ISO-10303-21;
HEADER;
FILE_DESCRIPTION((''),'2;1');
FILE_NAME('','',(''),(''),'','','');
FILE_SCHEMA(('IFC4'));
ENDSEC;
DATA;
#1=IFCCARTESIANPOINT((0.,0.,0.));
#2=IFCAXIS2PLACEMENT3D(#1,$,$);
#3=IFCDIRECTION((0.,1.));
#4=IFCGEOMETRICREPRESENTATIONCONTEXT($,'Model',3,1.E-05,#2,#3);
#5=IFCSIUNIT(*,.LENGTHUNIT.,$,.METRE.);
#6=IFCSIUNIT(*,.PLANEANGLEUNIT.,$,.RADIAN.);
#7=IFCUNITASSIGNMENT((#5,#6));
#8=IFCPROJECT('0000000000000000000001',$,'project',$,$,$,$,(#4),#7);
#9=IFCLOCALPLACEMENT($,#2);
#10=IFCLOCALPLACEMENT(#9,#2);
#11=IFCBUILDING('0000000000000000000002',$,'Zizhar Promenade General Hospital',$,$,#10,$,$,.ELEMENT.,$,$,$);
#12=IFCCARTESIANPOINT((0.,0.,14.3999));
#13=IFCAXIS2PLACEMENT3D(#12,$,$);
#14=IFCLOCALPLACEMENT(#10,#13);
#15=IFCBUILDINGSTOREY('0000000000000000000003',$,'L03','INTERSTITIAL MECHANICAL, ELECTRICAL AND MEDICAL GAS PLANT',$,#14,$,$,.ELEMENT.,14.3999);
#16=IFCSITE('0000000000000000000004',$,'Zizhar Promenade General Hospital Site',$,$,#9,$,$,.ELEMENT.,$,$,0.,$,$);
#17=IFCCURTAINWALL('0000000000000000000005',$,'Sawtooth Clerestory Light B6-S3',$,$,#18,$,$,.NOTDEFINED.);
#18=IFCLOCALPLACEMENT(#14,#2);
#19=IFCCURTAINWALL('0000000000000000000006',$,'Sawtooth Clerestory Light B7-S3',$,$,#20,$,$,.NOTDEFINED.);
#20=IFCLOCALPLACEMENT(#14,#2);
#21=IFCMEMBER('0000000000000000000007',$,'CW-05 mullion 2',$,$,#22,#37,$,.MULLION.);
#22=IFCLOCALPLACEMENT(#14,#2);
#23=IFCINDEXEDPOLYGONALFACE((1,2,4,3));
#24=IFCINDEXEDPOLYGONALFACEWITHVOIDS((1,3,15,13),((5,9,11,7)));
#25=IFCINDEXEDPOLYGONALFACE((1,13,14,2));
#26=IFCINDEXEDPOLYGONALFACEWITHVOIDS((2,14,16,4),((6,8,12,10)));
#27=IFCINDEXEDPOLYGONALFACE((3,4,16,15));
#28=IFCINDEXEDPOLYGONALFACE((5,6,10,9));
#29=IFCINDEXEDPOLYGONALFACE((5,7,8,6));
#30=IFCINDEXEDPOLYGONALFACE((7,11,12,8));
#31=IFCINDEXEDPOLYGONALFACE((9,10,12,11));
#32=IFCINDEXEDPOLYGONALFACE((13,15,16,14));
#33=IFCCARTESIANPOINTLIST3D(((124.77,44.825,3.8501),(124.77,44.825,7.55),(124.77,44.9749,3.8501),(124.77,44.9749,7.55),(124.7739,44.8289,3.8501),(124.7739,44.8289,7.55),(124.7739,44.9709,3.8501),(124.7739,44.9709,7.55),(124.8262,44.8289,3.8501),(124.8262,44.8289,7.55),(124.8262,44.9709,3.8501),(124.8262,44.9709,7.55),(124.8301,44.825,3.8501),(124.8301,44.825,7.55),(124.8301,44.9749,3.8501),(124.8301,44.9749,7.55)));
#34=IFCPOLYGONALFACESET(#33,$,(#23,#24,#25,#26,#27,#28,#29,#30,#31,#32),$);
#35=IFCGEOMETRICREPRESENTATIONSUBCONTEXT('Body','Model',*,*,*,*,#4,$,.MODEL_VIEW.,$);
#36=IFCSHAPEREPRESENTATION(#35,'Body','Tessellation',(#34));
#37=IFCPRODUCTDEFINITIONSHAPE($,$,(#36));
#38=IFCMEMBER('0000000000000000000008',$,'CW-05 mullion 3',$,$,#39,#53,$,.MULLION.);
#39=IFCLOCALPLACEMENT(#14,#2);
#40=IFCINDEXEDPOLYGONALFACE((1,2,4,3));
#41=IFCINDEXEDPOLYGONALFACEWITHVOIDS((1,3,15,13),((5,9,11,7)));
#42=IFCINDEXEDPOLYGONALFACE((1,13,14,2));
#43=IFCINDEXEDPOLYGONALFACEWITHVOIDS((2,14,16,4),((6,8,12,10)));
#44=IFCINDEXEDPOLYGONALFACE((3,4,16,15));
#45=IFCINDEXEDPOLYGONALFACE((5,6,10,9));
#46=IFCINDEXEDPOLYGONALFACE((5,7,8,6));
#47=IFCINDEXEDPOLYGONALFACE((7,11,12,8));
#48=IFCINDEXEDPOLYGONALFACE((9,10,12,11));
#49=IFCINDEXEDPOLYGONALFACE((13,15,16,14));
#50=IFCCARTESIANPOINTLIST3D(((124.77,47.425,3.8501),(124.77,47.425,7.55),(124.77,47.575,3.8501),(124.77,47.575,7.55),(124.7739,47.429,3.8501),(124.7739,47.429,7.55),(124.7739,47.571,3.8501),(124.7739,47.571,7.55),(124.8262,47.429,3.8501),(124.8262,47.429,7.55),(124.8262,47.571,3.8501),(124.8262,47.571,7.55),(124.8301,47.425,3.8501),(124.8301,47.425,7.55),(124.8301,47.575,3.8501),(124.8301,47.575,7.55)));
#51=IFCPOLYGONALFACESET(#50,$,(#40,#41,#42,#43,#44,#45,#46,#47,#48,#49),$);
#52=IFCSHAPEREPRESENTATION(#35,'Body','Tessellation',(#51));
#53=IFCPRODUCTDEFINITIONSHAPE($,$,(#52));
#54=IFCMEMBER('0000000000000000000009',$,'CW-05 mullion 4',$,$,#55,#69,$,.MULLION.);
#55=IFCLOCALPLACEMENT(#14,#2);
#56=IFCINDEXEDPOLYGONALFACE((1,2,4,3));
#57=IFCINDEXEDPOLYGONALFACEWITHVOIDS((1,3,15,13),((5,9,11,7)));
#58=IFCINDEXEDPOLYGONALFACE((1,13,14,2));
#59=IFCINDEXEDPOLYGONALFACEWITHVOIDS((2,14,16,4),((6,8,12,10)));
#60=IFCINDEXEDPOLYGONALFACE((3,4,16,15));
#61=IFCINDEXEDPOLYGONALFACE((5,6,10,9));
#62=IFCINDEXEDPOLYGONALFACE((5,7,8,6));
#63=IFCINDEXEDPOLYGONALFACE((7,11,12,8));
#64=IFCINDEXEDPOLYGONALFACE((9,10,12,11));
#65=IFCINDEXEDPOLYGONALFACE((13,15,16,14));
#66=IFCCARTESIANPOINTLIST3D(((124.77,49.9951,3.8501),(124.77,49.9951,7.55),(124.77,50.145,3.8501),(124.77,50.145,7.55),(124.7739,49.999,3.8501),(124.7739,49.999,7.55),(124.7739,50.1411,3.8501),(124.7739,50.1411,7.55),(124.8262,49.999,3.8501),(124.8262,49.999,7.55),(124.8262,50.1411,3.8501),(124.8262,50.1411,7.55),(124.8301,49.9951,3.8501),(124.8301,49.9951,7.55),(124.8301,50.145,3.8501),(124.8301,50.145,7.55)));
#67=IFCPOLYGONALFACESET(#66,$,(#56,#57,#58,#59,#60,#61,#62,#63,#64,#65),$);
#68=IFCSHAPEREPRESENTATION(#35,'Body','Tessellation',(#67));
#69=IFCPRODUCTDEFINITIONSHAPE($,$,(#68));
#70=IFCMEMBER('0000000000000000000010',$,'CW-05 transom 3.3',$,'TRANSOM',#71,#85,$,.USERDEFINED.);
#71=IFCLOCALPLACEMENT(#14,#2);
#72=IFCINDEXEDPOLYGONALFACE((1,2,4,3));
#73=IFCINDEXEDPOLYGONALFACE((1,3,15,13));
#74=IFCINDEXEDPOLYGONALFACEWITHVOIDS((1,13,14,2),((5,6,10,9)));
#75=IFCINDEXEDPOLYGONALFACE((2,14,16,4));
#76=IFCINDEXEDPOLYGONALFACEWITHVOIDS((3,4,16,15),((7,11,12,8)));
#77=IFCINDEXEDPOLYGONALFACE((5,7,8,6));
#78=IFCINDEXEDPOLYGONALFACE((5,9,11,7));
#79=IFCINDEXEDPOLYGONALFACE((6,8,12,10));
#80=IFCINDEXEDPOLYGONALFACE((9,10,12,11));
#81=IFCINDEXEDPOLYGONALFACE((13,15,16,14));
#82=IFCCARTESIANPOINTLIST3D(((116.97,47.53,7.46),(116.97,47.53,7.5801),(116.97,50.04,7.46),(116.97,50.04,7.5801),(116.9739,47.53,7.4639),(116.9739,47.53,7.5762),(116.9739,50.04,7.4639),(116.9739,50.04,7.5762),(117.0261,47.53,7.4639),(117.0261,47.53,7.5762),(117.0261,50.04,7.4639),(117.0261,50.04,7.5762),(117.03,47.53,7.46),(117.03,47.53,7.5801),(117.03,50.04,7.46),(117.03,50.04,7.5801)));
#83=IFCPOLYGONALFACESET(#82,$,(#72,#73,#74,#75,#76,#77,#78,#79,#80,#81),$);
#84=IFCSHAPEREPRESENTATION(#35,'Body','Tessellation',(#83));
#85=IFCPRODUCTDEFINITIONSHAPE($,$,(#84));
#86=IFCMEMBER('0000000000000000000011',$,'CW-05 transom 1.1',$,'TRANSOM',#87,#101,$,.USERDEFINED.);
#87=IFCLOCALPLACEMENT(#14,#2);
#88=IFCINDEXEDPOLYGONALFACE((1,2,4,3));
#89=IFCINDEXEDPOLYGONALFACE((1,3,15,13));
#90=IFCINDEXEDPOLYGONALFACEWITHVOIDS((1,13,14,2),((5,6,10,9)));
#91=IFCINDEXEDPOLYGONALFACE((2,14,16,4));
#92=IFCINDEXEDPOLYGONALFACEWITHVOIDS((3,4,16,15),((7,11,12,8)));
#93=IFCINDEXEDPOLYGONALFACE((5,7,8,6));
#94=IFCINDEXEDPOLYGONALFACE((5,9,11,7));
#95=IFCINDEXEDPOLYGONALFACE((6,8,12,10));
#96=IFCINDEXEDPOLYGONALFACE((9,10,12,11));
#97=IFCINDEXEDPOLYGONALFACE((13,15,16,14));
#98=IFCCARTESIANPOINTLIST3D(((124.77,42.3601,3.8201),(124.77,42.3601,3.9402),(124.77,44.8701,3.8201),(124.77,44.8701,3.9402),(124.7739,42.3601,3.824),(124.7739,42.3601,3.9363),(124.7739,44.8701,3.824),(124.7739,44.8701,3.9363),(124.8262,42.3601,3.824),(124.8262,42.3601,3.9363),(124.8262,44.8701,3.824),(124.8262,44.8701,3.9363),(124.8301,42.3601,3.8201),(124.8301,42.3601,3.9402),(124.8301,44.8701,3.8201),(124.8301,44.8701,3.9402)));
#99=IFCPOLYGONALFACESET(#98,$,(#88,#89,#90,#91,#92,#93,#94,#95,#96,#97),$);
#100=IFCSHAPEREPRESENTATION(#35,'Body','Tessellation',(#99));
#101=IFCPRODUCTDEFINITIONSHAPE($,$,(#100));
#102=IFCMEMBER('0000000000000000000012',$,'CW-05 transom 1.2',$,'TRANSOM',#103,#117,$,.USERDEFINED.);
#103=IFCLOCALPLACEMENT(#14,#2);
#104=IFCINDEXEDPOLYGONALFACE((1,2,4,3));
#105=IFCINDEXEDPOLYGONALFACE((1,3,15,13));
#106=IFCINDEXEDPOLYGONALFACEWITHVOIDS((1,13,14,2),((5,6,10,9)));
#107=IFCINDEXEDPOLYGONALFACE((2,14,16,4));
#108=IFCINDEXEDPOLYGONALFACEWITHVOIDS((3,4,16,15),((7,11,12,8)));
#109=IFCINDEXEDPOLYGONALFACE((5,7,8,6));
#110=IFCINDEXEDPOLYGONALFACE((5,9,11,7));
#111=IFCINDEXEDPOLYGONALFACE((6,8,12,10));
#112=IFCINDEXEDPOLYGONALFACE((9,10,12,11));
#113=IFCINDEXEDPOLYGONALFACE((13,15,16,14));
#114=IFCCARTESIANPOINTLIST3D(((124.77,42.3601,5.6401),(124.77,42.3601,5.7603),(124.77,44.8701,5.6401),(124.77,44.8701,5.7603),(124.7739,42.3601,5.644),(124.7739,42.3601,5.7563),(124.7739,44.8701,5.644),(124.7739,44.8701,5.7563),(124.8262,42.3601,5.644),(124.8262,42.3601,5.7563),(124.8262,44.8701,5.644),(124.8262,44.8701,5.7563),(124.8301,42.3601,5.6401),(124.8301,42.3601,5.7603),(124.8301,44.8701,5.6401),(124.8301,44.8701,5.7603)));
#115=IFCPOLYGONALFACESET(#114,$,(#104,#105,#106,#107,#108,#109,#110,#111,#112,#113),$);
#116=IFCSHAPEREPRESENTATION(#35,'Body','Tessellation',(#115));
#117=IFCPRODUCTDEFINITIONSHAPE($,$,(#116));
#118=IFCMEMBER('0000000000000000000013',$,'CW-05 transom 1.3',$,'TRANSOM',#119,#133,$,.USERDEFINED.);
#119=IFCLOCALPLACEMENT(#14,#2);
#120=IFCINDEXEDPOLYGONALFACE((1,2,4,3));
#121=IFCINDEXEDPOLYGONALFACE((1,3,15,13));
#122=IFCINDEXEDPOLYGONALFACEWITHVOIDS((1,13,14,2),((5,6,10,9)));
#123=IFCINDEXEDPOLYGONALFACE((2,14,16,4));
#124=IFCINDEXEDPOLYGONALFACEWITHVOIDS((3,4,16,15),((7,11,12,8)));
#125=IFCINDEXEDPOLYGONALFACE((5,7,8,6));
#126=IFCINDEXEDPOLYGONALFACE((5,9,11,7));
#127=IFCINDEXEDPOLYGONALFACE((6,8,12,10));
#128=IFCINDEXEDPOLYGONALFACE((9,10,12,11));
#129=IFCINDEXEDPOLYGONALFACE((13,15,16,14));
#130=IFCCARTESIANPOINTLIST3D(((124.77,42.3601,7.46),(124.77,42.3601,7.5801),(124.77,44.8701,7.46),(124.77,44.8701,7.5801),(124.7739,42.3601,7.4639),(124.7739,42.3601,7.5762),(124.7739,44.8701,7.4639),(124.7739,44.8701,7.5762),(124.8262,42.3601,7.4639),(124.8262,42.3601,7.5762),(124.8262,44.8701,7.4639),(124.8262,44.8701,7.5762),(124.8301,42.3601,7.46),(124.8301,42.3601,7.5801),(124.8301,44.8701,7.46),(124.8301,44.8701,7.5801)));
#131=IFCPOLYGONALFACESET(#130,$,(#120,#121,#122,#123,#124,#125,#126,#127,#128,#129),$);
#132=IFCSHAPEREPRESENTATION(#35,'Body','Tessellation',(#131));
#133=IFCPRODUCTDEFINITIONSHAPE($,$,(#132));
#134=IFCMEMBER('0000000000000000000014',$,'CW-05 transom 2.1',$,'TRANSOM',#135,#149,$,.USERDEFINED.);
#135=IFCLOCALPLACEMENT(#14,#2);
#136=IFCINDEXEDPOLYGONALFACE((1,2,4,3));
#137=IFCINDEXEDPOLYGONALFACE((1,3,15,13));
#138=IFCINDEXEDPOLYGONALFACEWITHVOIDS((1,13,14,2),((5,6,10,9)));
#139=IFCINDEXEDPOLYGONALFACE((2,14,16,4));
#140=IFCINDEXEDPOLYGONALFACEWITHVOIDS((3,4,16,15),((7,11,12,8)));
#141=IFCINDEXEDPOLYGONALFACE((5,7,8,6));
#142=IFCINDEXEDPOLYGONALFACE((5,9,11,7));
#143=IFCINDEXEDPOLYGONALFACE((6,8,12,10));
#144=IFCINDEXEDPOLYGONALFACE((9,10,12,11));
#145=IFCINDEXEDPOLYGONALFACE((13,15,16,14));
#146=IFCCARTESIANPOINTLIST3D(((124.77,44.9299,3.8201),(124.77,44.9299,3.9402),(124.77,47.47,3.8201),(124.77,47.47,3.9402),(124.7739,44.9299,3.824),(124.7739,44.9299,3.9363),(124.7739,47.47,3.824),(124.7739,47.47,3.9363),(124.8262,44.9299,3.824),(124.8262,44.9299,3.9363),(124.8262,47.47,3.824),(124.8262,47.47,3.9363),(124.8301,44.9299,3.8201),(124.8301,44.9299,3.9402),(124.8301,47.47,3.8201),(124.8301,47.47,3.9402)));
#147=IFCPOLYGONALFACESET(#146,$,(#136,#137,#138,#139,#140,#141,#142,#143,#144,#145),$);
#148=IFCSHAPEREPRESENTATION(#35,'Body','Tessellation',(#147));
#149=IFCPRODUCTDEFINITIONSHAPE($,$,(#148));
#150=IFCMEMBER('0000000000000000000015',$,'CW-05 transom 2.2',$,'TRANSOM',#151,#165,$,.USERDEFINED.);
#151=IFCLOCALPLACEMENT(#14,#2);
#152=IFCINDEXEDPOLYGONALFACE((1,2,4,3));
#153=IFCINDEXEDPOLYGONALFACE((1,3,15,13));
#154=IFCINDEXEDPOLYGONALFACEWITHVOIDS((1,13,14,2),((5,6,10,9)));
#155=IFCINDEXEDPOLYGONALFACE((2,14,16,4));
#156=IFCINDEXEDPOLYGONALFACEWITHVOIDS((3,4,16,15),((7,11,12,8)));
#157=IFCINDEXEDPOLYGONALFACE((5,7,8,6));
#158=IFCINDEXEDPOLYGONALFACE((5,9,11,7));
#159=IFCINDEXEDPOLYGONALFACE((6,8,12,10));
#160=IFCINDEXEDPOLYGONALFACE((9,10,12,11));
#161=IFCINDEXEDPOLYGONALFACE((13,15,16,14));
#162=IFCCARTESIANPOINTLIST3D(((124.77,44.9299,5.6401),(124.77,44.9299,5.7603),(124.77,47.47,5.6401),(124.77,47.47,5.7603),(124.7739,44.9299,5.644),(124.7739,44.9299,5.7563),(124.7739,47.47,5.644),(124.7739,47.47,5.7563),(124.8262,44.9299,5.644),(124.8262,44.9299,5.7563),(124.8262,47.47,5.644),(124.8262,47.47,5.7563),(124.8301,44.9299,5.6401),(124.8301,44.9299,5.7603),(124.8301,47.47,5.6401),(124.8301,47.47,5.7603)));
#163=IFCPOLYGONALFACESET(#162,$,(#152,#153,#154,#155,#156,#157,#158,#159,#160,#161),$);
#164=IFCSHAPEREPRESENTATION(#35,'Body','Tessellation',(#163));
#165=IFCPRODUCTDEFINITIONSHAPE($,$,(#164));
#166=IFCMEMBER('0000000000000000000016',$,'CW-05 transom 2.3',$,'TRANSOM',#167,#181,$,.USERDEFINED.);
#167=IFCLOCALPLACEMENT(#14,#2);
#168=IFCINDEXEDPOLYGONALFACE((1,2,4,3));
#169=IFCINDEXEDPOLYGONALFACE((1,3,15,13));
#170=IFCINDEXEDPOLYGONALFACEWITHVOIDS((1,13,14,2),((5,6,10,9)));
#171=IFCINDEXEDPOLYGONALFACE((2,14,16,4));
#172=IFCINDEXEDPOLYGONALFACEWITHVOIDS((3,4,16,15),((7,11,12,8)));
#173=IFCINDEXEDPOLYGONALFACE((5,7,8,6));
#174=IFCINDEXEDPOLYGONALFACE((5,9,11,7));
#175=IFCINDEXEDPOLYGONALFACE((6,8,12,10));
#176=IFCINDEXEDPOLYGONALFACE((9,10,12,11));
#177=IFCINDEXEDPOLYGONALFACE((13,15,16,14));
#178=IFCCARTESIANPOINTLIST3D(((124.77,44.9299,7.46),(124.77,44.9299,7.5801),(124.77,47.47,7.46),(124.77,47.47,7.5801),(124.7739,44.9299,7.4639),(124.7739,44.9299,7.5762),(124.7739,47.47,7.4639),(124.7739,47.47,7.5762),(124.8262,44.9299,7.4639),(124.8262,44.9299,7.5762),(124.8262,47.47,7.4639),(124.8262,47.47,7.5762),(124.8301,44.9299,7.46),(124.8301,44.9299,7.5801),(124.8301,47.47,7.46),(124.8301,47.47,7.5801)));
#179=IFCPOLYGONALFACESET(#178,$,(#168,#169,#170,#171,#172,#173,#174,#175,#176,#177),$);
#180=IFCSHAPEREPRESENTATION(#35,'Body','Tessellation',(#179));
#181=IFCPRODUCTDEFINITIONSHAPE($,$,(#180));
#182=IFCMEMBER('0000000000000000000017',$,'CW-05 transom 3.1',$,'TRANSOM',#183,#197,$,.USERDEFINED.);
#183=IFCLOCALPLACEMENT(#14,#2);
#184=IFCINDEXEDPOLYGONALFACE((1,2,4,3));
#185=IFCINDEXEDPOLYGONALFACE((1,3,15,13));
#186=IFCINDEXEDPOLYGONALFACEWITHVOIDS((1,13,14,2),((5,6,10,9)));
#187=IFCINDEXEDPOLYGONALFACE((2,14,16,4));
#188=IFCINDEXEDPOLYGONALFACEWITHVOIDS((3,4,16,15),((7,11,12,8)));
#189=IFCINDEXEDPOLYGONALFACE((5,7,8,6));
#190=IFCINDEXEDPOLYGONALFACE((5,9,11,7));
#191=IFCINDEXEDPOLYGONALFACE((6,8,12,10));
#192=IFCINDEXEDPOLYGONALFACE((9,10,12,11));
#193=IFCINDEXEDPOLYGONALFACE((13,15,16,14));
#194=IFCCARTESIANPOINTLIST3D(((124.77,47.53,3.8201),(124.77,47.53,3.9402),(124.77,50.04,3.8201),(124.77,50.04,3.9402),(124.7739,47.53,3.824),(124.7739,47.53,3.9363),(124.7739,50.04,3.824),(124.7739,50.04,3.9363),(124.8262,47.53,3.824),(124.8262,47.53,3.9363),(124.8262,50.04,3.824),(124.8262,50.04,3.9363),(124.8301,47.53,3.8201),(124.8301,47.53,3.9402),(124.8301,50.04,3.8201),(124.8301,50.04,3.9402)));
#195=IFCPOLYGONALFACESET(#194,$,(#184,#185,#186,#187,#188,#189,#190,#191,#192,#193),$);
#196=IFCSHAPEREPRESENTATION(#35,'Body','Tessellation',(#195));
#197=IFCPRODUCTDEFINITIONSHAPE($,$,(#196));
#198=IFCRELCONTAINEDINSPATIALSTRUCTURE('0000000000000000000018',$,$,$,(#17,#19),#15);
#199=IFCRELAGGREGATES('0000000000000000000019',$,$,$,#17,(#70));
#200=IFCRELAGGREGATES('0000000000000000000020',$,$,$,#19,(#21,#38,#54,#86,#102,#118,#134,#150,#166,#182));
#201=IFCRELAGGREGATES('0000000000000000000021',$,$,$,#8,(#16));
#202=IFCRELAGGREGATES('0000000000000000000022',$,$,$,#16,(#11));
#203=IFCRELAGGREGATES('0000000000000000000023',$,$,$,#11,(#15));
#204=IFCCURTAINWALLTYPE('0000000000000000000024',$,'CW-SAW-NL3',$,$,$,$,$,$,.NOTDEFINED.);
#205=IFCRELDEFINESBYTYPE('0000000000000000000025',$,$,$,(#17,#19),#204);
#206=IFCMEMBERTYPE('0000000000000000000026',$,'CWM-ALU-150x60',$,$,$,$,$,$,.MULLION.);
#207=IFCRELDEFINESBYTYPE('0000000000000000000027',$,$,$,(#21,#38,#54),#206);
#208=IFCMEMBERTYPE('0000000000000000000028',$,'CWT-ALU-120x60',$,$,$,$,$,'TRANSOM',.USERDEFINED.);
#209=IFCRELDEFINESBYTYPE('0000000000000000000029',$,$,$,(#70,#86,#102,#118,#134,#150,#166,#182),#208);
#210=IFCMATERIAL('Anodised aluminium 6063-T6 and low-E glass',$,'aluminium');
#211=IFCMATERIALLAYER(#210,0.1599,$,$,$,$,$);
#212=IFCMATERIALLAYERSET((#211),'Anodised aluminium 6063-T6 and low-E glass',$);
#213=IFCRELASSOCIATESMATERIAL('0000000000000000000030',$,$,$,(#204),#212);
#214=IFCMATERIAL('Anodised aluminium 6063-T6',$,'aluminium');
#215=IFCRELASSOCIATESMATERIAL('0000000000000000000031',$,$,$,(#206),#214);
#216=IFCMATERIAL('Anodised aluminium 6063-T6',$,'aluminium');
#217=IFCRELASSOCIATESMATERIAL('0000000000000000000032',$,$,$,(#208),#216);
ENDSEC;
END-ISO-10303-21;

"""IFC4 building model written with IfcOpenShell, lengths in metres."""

from ifc_helpers import new_model, si_unit, direction, frame, origin, origin_2d, place, context, subcontext, project, spatial, hollow_rectangle, extrude, material, layer, layer_set, material_profile, profile_set, type_object, element, aggregate, save


model = new_model("IFC4")

# Units and contexts
model_context = context("Model", 3, precision=1e-05, world=origin(), true_north=direction((0.0, 1.0)))
body_context = subcontext(model_context, "Body", "Model", "MODEL_VIEW")
ifc_project = project(units=[si_unit("LENGTHUNIT", "METRE"), si_unit("PLANEANGLEUNIT", "RADIAN")], contexts=[model_context])

# Site, building, storey
site_placement = place(None, origin())
site = spatial("IfcSite", under=ifc_project, at=site_placement, Name="Zizhar Promenade General Hospital Site", CompositionType="ELEMENT", RefElevation=0.0)
building_placement = place(site_placement, origin())
building = spatial("IfcBuilding", under=site, at=building_placement, Name="Zizhar Promenade General Hospital", CompositionType="ELEMENT")
storey_placement = place(building_placement, frame((0.0, 0.0, 14.3999)))
storey = spatial("IfcBuildingStorey", under=building, at=storey_placement, Name="L03", Description="INTERSTITIAL MECHANICAL, ELECTRICAL AND MEDICAL GAS PLANT", CompositionType="ELEMENT", Elevation=14.3999)

# Curtain wall
ifc_material_1 = material(Name="Anodised aluminium 6063-T6 and low-E glass", Category="aluminium")
ifc_layer_1 = layer(ifc_material_1, 0.1599)
ifc_layer_set_1 = layer_set([ifc_layer_1], Name="Anodised aluminium 6063-T6 and low-E glass")
curtain_wall_type = type_object("IfcCurtainWallType", Name="CW-SAW-NL3", PredefinedType="NOTDEFINED", material=ifc_layer_set_1)
curtain_wall_1_placement = place(storey_placement, origin())
curtain_wall_1 = element("IfcCurtainWall", 1, at=curtain_wall_1_placement, inside=storey, type_object=curtain_wall_type, Name="Sawtooth Clerestory Light B6-S3", PredefinedType="NOTDEFINED")
ifc_material_2 = material(Name="Anodised aluminium 6063-T6", Category="aluminium")
ifc_material_profile_1 = material_profile(ifc_material_2, hollow_rectangle(XDim=0.0601, YDim=0.1499, WallThickness=0.0039, at=origin_2d()))
ifc_profile_set_1 = profile_set([ifc_material_profile_1], Name="Anodised aluminium 6063-T6")
member_type_1 = type_object("IfcMemberType", Name="CWM-ALU-150x60", PredefinedType="MULLION", material=ifc_profile_set_1)

# Curtain wall, members
curtain_wall_2_placement = place(storey_placement, origin())
curtain_wall_2 = element("IfcCurtainWall", 2, at=curtain_wall_2_placement, inside=storey, type_object=curtain_wall_type, Name="Sawtooth Clerestory Light B7-S3", PredefinedType="NOTDEFINED")
member_1_placement = place(storey_placement, frame((124.8, 44.8999, 3.8501), z_axis=(0.0, 0.0, 1.0), x_axis=(-1.0, 0.0, 0.0)))
member_1 = element("IfcMember", 3, at=member_1_placement, type_object=member_type_1, Name="CW-05 mullion 2", PredefinedType="MULLION", context=body_context, shape_type="SweptSolid", body=[
    extrude(hollow_rectangle(XDim=0.0601, YDim=0.1499, WallThickness=0.0039, at=origin_2d()), origin(), (0.0, 0.0, 1.0), 3.7),
])
member_2_placement = place(storey_placement, frame((124.8, 47.5, 3.8501), z_axis=(0.0, 0.0, 1.0), x_axis=(-1.0, 0.0, 0.0)))
member_2 = element("IfcMember", 4, at=member_2_placement, type_object=member_type_1, Name="CW-05 mullion 3", PredefinedType="MULLION", context=body_context, shape_type="SweptSolid", body=[
    extrude(hollow_rectangle(XDim=0.0601, YDim=0.1499, WallThickness=0.0039, at=origin_2d()), origin(), (0.0, 0.0, 1.0), 3.7),
])
member_3_placement = place(storey_placement, frame((124.8, 50.0701, 3.8501), z_axis=(0.0, 0.0, 1.0), x_axis=(-1.0, 0.0, 0.0)))
member_3 = element("IfcMember", 5, at=member_3_placement, type_object=member_type_1, Name="CW-05 mullion 4", PredefinedType="MULLION", context=body_context, shape_type="SweptSolid", body=[
    extrude(hollow_rectangle(XDim=0.0601, YDim=0.1499, WallThickness=0.0039, at=origin_2d()), origin(), (0.0, 0.0, 1.0), 3.7),
])

# Members
ifc_material_3 = material(Name="Anodised aluminium 6063-T6", Category="aluminium")
ifc_material_profile_2 = material_profile(ifc_material_3, hollow_rectangle(XDim=0.0601, YDim=0.1201, WallThickness=0.0039, at=origin_2d()))
ifc_profile_set_2 = profile_set([ifc_material_profile_2], Name="Anodised aluminium 6063-T6")
member_type_2 = type_object("IfcMemberType", Name="CWT-ALU-120x60", ElementType="TRANSOM", PredefinedType="USERDEFINED", material=ifc_profile_set_2)
member_4_placement = place(storey_placement, frame((117.0, 47.53, 7.52), z_axis=(0.0, 1.0, 0.0), x_axis=(-1.0, 0.0, 0.0)))
member_4 = element("IfcMember", 6, at=member_4_placement, type_object=member_type_2, Name="CW-05 transom 3.3", ObjectType="TRANSOM", PredefinedType="USERDEFINED", context=body_context, shape_type="SweptSolid", body=[
    extrude(hollow_rectangle(XDim=0.0601, YDim=0.1201, WallThickness=0.0039, at=origin_2d()), origin(), (0.0, 0.0, 1.0), 2.51),
])
member_5_placement = place(storey_placement, frame((124.8, 42.3601, 3.8801), z_axis=(0.0, 1.0, 0.0), x_axis=(-1.0, 0.0, 0.0)))
member_5 = element("IfcMember", 7, at=member_5_placement, type_object=member_type_2, Name="CW-05 transom 1.1", ObjectType="TRANSOM", PredefinedType="USERDEFINED", context=body_context, shape_type="SweptSolid", body=[
    extrude(hollow_rectangle(XDim=0.0601, YDim=0.1201, WallThickness=0.0039, at=origin_2d()), origin(), (0.0, 0.0, 1.0), 2.51),
])
member_6_placement = place(storey_placement, frame((124.8, 42.3601, 5.7002), z_axis=(0.0, 1.0, 0.0), x_axis=(-1.0, 0.0, 0.0)))
member_6 = element("IfcMember", 8, at=member_6_placement, type_object=member_type_2, Name="CW-05 transom 1.2", ObjectType="TRANSOM", PredefinedType="USERDEFINED", context=body_context, shape_type="SweptSolid", body=[
    extrude(hollow_rectangle(XDim=0.0601, YDim=0.1201, WallThickness=0.0039, at=origin_2d()), origin(), (0.0, 0.0, 1.0), 2.51),
])
member_7_placement = place(storey_placement, frame((124.8, 42.3601, 7.52), z_axis=(0.0, 1.0, 0.0), x_axis=(-1.0, 0.0, 0.0)))
member_7 = element("IfcMember", 9, at=member_7_placement, type_object=member_type_2, Name="CW-05 transom 1.3", ObjectType="TRANSOM", PredefinedType="USERDEFINED", context=body_context, shape_type="SweptSolid", body=[
    extrude(hollow_rectangle(XDim=0.0601, YDim=0.1201, WallThickness=0.0039, at=origin_2d()), origin(), (0.0, 0.0, 1.0), 2.51),
])
member_8_placement = place(storey_placement, frame((124.8, 44.9299, 3.8801), z_axis=(0.0, 1.0, 0.0), x_axis=(-1.0, 0.0, 0.0)))
member_8 = element("IfcMember", 10, at=member_8_placement, type_object=member_type_2, Name="CW-05 transom 2.1", ObjectType="TRANSOM", PredefinedType="USERDEFINED", context=body_context, shape_type="SweptSolid", body=[
    extrude(hollow_rectangle(XDim=0.0601, YDim=0.1201, WallThickness=0.0039, at=origin_2d()), origin(), (0.0, 0.0, 1.0), 2.54),
])
member_9_placement = place(storey_placement, frame((124.8, 44.9299, 5.7002), z_axis=(0.0, 1.0, 0.0), x_axis=(-1.0, 0.0, 0.0)))
member_9 = element("IfcMember", 11, at=member_9_placement, type_object=member_type_2, Name="CW-05 transom 2.2", ObjectType="TRANSOM", PredefinedType="USERDEFINED", context=body_context, shape_type="SweptSolid", body=[
    extrude(hollow_rectangle(XDim=0.0601, YDim=0.1201, WallThickness=0.0039, at=origin_2d()), origin(), (0.0, 0.0, 1.0), 2.54),
])
member_10_placement = place(storey_placement, frame((124.8, 44.9299, 7.52), z_axis=(0.0, 1.0, 0.0), x_axis=(-1.0, 0.0, 0.0)))
member_10 = element("IfcMember", 12, at=member_10_placement, type_object=member_type_2, Name="CW-05 transom 2.3", ObjectType="TRANSOM", PredefinedType="USERDEFINED", context=body_context, shape_type="SweptSolid", body=[
    extrude(hollow_rectangle(XDim=0.0601, YDim=0.1201, WallThickness=0.0039, at=origin_2d()), origin(), (0.0, 0.0, 1.0), 2.54),
])
member_11_placement = place(storey_placement, frame((124.8, 47.53, 3.8801), z_axis=(0.0, 1.0, 0.0), x_axis=(-1.0, 0.0, 0.0)))
member_11 = element("IfcMember", 13, at=member_11_placement, type_object=member_type_2, Name="CW-05 transom 3.1", ObjectType="TRANSOM", PredefinedType="USERDEFINED", context=body_context, shape_type="SweptSolid", body=[
    extrude(hollow_rectangle(XDim=0.0601, YDim=0.1201, WallThickness=0.0039, at=origin_2d()), origin(), (0.0, 0.0, 1.0), 2.51),
])

aggregate(curtain_wall_1, [member_4])
aggregate(curtain_wall_2, [member_1, member_2, member_3, member_5, member_6, member_7, member_8, member_9, member_10, member_11])

save(model, "model.ifc")
